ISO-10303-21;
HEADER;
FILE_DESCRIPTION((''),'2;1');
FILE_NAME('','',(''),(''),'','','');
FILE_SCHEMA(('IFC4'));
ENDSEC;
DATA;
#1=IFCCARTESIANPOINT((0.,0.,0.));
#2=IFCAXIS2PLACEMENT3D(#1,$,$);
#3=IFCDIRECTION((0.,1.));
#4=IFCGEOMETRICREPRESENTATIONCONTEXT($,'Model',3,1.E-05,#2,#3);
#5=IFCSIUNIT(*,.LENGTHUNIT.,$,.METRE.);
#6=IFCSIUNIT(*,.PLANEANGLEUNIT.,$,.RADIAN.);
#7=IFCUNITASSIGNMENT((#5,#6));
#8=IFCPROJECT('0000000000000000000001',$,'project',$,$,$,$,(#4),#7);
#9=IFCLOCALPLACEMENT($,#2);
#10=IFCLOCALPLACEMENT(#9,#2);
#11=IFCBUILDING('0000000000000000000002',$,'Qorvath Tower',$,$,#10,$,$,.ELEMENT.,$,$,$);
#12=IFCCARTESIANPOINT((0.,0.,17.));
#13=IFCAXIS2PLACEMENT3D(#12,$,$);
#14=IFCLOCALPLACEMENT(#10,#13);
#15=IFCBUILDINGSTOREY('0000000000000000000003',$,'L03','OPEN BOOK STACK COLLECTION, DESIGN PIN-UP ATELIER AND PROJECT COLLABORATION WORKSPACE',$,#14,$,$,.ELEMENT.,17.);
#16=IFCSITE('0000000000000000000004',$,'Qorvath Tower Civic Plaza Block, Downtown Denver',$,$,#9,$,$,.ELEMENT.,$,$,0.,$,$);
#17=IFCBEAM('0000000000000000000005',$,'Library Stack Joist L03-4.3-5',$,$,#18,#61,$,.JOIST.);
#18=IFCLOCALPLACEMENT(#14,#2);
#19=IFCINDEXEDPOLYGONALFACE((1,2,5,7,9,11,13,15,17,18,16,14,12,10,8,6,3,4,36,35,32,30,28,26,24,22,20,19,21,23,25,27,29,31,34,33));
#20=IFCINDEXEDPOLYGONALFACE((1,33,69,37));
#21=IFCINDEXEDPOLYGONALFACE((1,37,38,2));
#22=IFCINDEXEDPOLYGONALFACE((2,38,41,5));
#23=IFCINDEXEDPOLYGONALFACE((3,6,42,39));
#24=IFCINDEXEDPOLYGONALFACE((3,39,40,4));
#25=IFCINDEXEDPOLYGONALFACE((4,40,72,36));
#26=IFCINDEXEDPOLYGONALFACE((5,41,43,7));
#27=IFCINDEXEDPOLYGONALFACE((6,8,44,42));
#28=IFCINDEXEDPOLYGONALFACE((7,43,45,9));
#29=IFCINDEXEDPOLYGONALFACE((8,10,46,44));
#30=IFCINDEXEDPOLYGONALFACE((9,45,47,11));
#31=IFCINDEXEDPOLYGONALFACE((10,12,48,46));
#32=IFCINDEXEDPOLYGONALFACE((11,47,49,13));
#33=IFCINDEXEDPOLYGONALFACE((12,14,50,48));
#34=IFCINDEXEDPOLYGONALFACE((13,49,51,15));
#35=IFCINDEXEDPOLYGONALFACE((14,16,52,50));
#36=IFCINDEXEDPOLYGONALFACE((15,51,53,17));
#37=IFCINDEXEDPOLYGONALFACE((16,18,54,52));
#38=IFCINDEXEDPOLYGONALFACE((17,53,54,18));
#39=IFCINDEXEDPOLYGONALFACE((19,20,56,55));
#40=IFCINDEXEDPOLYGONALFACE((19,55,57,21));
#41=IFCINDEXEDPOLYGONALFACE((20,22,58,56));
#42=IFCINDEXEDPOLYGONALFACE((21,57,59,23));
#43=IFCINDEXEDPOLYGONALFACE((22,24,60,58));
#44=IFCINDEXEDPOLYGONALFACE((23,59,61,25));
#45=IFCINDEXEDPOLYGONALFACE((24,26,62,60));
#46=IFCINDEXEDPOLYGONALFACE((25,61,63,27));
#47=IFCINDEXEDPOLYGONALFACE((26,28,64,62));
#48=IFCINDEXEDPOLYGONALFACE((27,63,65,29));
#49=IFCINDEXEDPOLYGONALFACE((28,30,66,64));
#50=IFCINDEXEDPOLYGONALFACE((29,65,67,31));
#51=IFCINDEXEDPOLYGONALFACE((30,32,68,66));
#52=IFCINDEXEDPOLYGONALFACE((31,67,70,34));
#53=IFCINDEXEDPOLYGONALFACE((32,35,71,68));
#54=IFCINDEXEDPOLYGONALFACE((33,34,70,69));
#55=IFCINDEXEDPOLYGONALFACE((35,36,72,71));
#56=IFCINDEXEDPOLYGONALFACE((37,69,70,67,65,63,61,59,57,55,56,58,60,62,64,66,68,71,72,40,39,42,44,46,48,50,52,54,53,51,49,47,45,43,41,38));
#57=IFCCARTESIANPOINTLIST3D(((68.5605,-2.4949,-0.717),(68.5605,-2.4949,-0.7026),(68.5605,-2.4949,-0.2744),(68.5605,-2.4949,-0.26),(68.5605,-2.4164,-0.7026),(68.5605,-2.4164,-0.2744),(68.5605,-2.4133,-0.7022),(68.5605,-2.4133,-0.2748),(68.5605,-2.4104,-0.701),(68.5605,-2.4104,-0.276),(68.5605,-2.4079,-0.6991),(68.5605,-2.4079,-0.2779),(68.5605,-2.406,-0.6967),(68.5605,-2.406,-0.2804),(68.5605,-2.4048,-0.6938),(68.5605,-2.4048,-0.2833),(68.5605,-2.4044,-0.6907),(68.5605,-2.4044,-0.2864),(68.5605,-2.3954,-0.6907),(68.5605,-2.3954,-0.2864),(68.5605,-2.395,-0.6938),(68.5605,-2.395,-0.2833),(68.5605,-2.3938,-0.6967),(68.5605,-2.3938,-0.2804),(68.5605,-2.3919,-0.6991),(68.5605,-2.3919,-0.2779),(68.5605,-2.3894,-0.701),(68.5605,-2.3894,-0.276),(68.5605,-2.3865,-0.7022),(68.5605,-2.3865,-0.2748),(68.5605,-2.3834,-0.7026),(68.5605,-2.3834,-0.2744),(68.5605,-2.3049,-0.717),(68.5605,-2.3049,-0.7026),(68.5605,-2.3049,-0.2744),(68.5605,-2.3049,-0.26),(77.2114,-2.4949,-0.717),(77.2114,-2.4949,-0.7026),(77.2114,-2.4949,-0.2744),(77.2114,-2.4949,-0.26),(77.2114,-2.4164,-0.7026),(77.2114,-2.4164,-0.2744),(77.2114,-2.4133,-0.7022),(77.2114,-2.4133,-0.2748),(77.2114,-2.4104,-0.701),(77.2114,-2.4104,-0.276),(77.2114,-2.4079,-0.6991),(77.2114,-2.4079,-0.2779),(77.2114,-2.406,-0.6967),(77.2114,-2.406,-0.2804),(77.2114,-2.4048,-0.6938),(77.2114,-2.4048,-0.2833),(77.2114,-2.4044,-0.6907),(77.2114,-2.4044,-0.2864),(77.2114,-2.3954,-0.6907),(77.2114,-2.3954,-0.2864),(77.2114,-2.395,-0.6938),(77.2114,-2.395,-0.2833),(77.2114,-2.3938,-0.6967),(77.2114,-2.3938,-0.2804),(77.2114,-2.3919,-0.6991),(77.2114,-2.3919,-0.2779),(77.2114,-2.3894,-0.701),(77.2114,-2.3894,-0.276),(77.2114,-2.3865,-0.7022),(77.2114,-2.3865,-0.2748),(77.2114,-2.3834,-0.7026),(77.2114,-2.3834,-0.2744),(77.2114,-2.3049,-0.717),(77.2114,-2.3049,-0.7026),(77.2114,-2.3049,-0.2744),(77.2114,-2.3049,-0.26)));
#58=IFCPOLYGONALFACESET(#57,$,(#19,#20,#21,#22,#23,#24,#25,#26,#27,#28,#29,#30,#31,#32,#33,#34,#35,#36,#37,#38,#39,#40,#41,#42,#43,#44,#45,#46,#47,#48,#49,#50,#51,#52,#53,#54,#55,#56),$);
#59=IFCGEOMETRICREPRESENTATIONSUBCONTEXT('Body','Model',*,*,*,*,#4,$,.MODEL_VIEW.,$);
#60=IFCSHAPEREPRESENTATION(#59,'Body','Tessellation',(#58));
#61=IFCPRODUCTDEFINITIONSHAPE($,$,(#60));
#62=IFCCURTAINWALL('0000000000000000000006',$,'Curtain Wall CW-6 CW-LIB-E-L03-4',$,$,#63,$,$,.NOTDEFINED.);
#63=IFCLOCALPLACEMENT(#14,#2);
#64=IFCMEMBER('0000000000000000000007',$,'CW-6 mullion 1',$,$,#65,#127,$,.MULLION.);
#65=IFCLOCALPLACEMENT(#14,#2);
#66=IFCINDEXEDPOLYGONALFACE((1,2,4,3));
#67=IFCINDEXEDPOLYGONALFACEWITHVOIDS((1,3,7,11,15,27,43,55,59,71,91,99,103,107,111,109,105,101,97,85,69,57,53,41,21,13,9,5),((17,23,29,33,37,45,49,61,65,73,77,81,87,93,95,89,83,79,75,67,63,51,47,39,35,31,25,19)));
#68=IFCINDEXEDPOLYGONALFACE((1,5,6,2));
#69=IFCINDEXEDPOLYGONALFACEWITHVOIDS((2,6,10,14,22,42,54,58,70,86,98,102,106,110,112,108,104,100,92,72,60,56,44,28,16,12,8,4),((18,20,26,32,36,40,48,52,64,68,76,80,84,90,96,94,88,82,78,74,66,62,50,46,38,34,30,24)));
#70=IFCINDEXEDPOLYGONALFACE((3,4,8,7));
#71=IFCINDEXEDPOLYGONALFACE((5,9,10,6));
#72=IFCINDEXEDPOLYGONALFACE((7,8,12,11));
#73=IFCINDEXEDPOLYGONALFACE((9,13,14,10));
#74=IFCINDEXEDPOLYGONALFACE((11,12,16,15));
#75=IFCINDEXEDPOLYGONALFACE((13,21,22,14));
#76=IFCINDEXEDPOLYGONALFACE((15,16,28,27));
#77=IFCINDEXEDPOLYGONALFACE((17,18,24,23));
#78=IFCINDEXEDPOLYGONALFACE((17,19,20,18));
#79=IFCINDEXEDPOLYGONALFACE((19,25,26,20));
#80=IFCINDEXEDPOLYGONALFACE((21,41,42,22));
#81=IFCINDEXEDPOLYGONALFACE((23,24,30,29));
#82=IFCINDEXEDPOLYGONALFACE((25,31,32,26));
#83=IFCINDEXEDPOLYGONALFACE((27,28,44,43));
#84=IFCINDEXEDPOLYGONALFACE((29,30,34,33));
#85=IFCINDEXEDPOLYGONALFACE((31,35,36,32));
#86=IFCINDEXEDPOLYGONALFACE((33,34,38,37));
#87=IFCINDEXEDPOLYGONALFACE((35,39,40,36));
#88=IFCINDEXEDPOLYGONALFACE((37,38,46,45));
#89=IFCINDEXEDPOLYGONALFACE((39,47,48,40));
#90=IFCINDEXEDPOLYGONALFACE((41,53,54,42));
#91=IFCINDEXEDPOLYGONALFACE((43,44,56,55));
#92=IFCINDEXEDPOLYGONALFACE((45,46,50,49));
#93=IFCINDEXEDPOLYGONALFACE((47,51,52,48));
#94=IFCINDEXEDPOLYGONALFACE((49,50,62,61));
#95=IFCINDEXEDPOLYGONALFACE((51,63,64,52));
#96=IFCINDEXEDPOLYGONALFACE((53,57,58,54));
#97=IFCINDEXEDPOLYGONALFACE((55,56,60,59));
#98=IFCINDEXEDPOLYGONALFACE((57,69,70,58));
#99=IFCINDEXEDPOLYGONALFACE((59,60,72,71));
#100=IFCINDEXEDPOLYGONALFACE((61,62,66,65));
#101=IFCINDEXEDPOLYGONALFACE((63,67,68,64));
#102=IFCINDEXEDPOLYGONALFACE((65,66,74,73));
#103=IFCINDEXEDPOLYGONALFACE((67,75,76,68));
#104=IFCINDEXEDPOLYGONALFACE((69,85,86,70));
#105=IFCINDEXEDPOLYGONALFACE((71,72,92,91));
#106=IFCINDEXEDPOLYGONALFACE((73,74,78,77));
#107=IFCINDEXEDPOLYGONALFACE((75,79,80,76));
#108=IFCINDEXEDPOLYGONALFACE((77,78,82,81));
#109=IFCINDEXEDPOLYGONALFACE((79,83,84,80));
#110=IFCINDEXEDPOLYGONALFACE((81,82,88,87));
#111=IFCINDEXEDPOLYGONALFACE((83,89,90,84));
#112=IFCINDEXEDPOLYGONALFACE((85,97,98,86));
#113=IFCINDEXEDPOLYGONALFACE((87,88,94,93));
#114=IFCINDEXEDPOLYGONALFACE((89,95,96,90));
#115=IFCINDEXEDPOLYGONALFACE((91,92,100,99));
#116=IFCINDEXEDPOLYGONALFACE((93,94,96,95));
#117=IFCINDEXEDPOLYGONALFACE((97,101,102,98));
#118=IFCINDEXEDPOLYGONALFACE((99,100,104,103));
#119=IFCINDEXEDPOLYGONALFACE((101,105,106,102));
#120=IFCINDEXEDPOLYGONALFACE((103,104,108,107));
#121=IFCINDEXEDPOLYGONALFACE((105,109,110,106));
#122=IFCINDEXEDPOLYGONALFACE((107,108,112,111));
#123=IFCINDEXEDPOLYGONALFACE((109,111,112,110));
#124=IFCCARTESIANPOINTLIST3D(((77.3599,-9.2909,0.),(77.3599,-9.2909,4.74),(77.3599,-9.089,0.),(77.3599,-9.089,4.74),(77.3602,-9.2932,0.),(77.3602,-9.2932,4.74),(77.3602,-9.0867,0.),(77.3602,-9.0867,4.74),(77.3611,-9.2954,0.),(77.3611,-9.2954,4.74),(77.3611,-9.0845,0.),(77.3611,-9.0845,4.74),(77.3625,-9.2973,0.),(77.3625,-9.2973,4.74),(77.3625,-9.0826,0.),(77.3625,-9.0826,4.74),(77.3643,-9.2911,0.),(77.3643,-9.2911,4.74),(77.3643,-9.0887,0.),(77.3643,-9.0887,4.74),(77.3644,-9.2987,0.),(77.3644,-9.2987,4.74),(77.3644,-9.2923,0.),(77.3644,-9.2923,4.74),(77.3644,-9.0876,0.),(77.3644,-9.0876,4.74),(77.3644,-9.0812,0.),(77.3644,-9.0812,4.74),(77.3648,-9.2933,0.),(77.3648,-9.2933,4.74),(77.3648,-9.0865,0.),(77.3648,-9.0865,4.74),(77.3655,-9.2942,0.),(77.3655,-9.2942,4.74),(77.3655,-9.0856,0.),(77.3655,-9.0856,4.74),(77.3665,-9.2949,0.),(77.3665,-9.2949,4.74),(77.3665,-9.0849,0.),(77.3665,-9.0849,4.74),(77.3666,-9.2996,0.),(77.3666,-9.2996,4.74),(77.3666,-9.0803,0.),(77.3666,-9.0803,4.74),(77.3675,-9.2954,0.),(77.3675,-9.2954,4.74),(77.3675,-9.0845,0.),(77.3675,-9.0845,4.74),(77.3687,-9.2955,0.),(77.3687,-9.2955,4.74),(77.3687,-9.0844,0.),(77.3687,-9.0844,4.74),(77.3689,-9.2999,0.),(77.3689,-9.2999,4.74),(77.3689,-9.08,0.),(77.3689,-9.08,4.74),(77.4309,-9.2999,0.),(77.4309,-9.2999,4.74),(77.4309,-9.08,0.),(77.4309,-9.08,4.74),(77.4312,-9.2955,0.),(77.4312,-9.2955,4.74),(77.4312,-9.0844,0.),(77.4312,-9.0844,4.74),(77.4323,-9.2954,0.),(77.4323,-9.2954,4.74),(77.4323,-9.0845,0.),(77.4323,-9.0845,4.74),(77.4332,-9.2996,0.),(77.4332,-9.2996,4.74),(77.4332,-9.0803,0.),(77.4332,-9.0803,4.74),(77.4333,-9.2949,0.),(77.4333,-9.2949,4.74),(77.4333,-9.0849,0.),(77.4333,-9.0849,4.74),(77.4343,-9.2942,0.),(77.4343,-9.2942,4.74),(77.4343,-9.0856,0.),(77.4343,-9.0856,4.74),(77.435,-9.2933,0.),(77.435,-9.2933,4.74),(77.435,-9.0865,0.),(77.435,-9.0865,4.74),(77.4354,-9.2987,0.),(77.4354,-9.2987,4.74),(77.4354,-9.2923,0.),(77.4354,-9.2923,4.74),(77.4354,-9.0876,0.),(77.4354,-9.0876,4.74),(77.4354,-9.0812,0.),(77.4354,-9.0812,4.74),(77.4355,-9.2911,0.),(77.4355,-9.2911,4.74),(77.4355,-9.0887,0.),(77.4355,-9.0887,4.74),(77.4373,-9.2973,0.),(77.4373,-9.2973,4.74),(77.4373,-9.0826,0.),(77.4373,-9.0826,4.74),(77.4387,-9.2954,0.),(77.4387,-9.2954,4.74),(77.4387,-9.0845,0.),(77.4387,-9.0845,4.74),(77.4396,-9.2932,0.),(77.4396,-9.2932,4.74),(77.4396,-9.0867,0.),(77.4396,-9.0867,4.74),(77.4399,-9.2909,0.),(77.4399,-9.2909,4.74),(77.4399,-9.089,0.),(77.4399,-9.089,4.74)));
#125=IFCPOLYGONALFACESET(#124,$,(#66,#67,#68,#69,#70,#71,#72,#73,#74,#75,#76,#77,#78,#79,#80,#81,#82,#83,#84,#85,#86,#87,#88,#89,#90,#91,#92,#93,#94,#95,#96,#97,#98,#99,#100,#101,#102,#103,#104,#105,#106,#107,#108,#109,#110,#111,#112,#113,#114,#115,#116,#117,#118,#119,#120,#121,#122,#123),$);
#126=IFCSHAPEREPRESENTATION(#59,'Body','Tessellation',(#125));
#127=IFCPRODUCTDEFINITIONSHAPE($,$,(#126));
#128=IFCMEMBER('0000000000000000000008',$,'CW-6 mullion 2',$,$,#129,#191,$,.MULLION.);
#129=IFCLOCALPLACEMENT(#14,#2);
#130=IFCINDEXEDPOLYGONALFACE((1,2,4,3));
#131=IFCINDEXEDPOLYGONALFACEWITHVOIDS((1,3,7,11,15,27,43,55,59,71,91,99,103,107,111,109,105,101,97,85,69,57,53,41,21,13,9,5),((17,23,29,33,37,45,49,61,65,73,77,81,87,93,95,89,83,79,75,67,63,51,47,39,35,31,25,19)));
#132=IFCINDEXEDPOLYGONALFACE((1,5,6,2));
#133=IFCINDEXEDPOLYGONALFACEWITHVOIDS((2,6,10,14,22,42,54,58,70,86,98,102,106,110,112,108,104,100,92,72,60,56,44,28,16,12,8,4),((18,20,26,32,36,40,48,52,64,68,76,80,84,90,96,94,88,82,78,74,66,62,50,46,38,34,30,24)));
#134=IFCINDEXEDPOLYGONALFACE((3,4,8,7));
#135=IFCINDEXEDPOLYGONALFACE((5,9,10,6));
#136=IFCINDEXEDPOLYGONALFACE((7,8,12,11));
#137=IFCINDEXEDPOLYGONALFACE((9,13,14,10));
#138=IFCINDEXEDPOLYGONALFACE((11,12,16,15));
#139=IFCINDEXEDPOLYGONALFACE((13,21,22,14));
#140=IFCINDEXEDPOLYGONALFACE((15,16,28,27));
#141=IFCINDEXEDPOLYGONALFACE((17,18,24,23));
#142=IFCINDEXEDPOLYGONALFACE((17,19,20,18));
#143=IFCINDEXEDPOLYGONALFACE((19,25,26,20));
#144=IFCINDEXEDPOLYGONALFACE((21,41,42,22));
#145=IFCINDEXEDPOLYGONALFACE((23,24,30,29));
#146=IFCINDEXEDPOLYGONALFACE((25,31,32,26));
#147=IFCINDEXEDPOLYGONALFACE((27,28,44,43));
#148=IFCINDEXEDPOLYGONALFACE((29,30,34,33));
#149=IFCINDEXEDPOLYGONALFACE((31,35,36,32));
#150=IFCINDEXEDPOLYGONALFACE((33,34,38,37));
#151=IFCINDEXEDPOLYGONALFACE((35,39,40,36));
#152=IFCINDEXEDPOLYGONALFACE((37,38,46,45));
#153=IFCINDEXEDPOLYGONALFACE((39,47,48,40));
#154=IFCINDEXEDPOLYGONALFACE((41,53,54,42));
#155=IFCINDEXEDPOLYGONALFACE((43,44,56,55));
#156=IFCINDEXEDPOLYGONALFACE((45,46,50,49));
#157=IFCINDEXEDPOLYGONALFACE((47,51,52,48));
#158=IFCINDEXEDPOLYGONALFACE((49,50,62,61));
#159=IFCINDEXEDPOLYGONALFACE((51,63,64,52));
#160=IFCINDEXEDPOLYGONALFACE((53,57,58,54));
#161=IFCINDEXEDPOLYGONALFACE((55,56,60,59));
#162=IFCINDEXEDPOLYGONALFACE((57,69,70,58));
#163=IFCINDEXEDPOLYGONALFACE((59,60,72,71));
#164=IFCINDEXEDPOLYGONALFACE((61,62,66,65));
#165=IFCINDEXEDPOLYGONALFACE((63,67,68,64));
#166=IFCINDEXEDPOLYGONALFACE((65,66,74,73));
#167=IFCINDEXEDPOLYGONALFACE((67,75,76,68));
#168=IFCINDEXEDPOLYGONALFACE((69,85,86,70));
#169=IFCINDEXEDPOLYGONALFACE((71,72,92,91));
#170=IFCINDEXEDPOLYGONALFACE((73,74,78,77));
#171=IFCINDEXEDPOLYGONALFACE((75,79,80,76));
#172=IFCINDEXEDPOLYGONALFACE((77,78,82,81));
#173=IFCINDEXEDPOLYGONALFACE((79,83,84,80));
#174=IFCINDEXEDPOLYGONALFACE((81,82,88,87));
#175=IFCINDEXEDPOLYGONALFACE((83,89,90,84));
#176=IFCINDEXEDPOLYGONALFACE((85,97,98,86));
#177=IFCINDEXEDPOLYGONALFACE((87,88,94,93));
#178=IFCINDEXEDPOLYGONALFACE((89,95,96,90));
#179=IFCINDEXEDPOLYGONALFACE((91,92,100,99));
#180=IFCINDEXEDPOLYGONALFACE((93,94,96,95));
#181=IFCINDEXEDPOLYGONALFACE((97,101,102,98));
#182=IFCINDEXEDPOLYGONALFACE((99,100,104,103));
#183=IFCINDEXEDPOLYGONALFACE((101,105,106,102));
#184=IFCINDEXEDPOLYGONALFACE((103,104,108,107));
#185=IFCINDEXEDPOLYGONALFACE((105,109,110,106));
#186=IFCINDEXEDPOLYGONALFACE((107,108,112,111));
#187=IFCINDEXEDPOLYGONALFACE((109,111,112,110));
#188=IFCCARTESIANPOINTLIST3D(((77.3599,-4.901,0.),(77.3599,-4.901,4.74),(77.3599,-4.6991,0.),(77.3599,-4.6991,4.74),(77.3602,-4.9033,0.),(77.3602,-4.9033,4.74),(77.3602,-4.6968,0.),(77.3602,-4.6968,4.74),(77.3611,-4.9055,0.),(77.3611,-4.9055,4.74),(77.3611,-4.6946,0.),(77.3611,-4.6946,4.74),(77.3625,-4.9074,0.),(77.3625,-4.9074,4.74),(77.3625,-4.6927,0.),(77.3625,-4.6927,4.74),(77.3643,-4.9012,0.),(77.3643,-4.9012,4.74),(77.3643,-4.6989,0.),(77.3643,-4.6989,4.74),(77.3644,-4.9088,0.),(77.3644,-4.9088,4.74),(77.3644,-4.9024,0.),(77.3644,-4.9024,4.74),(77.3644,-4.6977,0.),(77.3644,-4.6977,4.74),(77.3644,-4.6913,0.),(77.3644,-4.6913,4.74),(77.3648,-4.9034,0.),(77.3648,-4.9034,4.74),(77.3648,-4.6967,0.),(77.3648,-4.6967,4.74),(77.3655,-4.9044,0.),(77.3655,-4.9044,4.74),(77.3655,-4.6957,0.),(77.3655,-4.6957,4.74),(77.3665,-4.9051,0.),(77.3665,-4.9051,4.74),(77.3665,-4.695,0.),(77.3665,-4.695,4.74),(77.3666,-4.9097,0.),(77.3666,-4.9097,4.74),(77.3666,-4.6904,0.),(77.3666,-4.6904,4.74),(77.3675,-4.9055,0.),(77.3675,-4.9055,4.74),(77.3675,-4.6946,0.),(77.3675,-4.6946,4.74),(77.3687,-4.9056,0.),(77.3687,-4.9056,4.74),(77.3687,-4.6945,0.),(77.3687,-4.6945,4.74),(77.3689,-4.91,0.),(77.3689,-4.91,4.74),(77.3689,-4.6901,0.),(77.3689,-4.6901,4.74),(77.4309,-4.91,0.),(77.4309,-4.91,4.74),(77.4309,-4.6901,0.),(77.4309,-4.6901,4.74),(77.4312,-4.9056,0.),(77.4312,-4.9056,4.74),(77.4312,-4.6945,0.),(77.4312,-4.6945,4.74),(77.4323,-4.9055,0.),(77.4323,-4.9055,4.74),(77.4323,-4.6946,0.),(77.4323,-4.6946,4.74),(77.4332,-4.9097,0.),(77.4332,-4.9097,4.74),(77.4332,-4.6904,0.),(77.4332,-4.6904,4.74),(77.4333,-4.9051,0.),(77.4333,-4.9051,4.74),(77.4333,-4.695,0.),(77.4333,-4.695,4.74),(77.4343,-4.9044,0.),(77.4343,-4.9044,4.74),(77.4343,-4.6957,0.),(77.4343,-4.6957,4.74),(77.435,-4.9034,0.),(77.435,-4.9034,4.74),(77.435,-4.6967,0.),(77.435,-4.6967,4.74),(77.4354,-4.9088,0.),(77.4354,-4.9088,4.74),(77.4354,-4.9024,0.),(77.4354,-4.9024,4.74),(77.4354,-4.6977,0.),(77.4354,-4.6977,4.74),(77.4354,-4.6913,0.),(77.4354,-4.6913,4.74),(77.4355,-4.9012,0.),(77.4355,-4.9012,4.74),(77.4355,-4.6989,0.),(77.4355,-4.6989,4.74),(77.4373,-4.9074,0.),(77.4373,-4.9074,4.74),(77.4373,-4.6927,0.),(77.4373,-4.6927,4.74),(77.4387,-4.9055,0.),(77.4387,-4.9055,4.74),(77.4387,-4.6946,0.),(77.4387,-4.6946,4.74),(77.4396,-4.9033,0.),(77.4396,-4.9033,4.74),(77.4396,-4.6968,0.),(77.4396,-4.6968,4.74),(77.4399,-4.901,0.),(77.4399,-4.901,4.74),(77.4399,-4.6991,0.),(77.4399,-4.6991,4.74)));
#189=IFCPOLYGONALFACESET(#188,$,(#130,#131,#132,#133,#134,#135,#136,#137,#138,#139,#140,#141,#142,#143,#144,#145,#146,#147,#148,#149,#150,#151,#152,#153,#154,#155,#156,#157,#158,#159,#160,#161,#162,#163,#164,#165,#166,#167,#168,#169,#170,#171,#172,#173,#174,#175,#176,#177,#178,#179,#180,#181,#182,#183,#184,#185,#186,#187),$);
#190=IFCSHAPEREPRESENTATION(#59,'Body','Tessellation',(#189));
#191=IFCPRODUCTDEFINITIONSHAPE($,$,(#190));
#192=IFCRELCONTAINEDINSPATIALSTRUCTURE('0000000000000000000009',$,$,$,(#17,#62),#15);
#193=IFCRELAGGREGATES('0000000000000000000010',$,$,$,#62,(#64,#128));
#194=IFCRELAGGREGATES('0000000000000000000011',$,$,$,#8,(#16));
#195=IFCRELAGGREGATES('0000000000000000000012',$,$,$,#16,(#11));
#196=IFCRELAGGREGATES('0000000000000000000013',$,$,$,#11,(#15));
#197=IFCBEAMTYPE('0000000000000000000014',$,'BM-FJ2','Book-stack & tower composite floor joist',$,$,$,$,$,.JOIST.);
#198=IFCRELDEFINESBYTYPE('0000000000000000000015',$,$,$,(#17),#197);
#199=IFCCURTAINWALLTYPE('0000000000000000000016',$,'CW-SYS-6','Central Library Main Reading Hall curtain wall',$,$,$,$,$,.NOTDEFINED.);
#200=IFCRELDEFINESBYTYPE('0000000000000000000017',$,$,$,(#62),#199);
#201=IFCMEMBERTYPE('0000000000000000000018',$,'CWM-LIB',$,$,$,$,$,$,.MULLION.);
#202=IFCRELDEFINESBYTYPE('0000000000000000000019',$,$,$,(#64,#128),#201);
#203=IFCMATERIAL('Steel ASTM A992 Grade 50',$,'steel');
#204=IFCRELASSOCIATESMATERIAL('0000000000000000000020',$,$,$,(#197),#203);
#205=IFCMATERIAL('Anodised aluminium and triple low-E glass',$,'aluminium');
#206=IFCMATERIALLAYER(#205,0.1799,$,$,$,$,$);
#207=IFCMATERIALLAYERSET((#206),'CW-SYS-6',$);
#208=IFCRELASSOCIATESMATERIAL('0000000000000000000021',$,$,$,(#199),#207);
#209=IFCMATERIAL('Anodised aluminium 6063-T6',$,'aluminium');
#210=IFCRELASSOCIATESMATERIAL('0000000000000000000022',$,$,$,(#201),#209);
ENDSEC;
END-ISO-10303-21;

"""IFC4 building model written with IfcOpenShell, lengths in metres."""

from ifc_helpers import new_model, si_unit, direction, frame, origin, origin_2d, place, context, subcontext, project, spatial, hollow_rectangle, i_section, extrude, material, layer, layer_set, material_profile, profile_set, type_object, element, aggregate, save


model = new_model("IFC4")

# Units and contexts
model_context = context("Model", 3, precision=1e-05, world=origin(), true_north=direction((0.0, 1.0)))
body_context = subcontext(model_context, "Body", "Model", "MODEL_VIEW")
ifc_project = project(units=[si_unit("LENGTHUNIT", "METRE"), si_unit("PLANEANGLEUNIT", "RADIAN")], contexts=[model_context])

# Site, building, storey
site_placement = place(None, origin())
site = spatial("IfcSite", under=ifc_project, at=site_placement, Name="Qorvath Tower Civic Plaza Block, Downtown Denver", CompositionType="ELEMENT", RefElevation=0.0)
building_placement = place(site_placement, origin())
building = spatial("IfcBuilding", under=site, at=building_placement, Name="Qorvath Tower", CompositionType="ELEMENT")
storey_placement = place(building_placement, frame((0.0, 0.0, 17.0)))
storey = spatial("IfcBuildingStorey", under=building, at=storey_placement, Name="L03", Description="OPEN BOOK STACK COLLECTION, DESIGN PIN-UP ATELIER AND PROJECT COLLABORATION WORKSPACE", CompositionType="ELEMENT", Elevation=17.0)

# Beam
ifc_material_1 = material(Name="Steel ASTM A992 Grade 50", Category="steel")
ifc_material_profile_1 = material_profile(ifc_material_1, i_section(OverallWidth=0.1899, OverallDepth=0.457, WebThickness=0.009, FlangeThickness=0.0144, FilletRadius=0.012, at=origin_2d()), Name="W18x50")
ifc_profile_set_1 = profile_set([ifc_material_profile_1], Name="Steel ASTM A992 Grade 50")
beam_type_1 = type_object("IfcBeamType", Name="BM-FJ2", Description="Book-stack & tower composite floor joist", PredefinedType="JOIST", material=ifc_profile_set_1)
beam_1_placement = place(storey_placement, frame((68.5605, -2.3999, -0.4885), z_axis=(1.0, 0.0, 0.0), x_axis=(0.0, 1.0, 0.0)))
element("IfcBeam", 1, at=beam_1_placement, inside=storey, type_object=beam_type_1, Name="Library Stack Joist L03-4.3-5", PredefinedType="JOIST", context=body_context, shape_type="SweptSolid", body=[
    extrude(i_section(OverallWidth=0.1899, OverallDepth=0.457, WebThickness=0.009, FlangeThickness=0.0144, FilletRadius=0.012, at=origin_2d()), origin(), (0.0, 0.0, 1.0), 8.6509),
])

# Curtain wall, members
ifc_material_2 = material(Name="Anodised aluminium and triple low-E glass", Category="aluminium")
ifc_layer_1 = layer(ifc_material_2, 0.1799)
ifc_layer_set_1 = layer_set([ifc_layer_1], Name="CW-SYS-6")
curtain_wall_type = type_object("IfcCurtainWallType", Name="CW-SYS-6", Description="Central Library Main Reading Hall curtain wall", PredefinedType="NOTDEFINED", material=ifc_layer_set_1)
curtain_wall_placement = place(storey_placement, origin())
curtain_wall = element("IfcCurtainWall", 2, at=curtain_wall_placement, inside=storey, type_object=curtain_wall_type, Name="Curtain Wall CW-6 CW-LIB-E-L03-4", PredefinedType="NOTDEFINED")
ifc_material_3 = material(Name="Anodised aluminium 6063-T6", Category="aluminium")
ifc_material_profile_2 = material_profile(ifc_material_3, hollow_rectangle(XDim=0.0801, YDim=0.22, WallThickness=0.0044, InnerFilletRadius=0.0044, OuterFilletRadius=0.009, at=origin_2d()), Name="CWM LIB 220x80")
ifc_profile_set_2 = profile_set([ifc_material_profile_2], Name="Anodised aluminium 6063-T6")
member_type_1 = type_object("IfcMemberType", Name="CWM-LIB", PredefinedType="MULLION", material=ifc_profile_set_2)
member_1_placement = place(storey_placement, frame((77.3999, -9.1899, 0.0), z_axis=(0.0, 0.0, 1.0), x_axis=(-1.0, 0.0, 0.0)))
member_1 = element("IfcMember", 3, at=member_1_placement, type_object=member_type_1, Name="CW-6 mullion 1", PredefinedType="MULLION", context=body_context, shape_type="SweptSolid", body=[
    extrude(hollow_rectangle(XDim=0.0801, YDim=0.22, WallThickness=0.0044, InnerFilletRadius=0.0044, OuterFilletRadius=0.009, at=origin_2d()), origin(), (0.0, 0.0, 1.0), 4.74),
])
member_2_placement = place(storey_placement, frame((77.3999, -4.8, 0.0), z_axis=(0.0, 0.0, 1.0), x_axis=(-1.0, 0.0, 0.0)))
member_2 = element("IfcMember", 4, at=member_2_placement, type_object=member_type_1, Name="CW-6 mullion 2", PredefinedType="MULLION", context=body_context, shape_type="SweptSolid", body=[
    extrude(hollow_rectangle(XDim=0.0801, YDim=0.22, WallThickness=0.0044, InnerFilletRadius=0.0044, OuterFilletRadius=0.009, at=origin_2d()), origin(), (0.0, 0.0, 1.0), 4.74),
])
aggregate(curtain_wall, [member_1, member_2])

save(model, "model.ifc")
